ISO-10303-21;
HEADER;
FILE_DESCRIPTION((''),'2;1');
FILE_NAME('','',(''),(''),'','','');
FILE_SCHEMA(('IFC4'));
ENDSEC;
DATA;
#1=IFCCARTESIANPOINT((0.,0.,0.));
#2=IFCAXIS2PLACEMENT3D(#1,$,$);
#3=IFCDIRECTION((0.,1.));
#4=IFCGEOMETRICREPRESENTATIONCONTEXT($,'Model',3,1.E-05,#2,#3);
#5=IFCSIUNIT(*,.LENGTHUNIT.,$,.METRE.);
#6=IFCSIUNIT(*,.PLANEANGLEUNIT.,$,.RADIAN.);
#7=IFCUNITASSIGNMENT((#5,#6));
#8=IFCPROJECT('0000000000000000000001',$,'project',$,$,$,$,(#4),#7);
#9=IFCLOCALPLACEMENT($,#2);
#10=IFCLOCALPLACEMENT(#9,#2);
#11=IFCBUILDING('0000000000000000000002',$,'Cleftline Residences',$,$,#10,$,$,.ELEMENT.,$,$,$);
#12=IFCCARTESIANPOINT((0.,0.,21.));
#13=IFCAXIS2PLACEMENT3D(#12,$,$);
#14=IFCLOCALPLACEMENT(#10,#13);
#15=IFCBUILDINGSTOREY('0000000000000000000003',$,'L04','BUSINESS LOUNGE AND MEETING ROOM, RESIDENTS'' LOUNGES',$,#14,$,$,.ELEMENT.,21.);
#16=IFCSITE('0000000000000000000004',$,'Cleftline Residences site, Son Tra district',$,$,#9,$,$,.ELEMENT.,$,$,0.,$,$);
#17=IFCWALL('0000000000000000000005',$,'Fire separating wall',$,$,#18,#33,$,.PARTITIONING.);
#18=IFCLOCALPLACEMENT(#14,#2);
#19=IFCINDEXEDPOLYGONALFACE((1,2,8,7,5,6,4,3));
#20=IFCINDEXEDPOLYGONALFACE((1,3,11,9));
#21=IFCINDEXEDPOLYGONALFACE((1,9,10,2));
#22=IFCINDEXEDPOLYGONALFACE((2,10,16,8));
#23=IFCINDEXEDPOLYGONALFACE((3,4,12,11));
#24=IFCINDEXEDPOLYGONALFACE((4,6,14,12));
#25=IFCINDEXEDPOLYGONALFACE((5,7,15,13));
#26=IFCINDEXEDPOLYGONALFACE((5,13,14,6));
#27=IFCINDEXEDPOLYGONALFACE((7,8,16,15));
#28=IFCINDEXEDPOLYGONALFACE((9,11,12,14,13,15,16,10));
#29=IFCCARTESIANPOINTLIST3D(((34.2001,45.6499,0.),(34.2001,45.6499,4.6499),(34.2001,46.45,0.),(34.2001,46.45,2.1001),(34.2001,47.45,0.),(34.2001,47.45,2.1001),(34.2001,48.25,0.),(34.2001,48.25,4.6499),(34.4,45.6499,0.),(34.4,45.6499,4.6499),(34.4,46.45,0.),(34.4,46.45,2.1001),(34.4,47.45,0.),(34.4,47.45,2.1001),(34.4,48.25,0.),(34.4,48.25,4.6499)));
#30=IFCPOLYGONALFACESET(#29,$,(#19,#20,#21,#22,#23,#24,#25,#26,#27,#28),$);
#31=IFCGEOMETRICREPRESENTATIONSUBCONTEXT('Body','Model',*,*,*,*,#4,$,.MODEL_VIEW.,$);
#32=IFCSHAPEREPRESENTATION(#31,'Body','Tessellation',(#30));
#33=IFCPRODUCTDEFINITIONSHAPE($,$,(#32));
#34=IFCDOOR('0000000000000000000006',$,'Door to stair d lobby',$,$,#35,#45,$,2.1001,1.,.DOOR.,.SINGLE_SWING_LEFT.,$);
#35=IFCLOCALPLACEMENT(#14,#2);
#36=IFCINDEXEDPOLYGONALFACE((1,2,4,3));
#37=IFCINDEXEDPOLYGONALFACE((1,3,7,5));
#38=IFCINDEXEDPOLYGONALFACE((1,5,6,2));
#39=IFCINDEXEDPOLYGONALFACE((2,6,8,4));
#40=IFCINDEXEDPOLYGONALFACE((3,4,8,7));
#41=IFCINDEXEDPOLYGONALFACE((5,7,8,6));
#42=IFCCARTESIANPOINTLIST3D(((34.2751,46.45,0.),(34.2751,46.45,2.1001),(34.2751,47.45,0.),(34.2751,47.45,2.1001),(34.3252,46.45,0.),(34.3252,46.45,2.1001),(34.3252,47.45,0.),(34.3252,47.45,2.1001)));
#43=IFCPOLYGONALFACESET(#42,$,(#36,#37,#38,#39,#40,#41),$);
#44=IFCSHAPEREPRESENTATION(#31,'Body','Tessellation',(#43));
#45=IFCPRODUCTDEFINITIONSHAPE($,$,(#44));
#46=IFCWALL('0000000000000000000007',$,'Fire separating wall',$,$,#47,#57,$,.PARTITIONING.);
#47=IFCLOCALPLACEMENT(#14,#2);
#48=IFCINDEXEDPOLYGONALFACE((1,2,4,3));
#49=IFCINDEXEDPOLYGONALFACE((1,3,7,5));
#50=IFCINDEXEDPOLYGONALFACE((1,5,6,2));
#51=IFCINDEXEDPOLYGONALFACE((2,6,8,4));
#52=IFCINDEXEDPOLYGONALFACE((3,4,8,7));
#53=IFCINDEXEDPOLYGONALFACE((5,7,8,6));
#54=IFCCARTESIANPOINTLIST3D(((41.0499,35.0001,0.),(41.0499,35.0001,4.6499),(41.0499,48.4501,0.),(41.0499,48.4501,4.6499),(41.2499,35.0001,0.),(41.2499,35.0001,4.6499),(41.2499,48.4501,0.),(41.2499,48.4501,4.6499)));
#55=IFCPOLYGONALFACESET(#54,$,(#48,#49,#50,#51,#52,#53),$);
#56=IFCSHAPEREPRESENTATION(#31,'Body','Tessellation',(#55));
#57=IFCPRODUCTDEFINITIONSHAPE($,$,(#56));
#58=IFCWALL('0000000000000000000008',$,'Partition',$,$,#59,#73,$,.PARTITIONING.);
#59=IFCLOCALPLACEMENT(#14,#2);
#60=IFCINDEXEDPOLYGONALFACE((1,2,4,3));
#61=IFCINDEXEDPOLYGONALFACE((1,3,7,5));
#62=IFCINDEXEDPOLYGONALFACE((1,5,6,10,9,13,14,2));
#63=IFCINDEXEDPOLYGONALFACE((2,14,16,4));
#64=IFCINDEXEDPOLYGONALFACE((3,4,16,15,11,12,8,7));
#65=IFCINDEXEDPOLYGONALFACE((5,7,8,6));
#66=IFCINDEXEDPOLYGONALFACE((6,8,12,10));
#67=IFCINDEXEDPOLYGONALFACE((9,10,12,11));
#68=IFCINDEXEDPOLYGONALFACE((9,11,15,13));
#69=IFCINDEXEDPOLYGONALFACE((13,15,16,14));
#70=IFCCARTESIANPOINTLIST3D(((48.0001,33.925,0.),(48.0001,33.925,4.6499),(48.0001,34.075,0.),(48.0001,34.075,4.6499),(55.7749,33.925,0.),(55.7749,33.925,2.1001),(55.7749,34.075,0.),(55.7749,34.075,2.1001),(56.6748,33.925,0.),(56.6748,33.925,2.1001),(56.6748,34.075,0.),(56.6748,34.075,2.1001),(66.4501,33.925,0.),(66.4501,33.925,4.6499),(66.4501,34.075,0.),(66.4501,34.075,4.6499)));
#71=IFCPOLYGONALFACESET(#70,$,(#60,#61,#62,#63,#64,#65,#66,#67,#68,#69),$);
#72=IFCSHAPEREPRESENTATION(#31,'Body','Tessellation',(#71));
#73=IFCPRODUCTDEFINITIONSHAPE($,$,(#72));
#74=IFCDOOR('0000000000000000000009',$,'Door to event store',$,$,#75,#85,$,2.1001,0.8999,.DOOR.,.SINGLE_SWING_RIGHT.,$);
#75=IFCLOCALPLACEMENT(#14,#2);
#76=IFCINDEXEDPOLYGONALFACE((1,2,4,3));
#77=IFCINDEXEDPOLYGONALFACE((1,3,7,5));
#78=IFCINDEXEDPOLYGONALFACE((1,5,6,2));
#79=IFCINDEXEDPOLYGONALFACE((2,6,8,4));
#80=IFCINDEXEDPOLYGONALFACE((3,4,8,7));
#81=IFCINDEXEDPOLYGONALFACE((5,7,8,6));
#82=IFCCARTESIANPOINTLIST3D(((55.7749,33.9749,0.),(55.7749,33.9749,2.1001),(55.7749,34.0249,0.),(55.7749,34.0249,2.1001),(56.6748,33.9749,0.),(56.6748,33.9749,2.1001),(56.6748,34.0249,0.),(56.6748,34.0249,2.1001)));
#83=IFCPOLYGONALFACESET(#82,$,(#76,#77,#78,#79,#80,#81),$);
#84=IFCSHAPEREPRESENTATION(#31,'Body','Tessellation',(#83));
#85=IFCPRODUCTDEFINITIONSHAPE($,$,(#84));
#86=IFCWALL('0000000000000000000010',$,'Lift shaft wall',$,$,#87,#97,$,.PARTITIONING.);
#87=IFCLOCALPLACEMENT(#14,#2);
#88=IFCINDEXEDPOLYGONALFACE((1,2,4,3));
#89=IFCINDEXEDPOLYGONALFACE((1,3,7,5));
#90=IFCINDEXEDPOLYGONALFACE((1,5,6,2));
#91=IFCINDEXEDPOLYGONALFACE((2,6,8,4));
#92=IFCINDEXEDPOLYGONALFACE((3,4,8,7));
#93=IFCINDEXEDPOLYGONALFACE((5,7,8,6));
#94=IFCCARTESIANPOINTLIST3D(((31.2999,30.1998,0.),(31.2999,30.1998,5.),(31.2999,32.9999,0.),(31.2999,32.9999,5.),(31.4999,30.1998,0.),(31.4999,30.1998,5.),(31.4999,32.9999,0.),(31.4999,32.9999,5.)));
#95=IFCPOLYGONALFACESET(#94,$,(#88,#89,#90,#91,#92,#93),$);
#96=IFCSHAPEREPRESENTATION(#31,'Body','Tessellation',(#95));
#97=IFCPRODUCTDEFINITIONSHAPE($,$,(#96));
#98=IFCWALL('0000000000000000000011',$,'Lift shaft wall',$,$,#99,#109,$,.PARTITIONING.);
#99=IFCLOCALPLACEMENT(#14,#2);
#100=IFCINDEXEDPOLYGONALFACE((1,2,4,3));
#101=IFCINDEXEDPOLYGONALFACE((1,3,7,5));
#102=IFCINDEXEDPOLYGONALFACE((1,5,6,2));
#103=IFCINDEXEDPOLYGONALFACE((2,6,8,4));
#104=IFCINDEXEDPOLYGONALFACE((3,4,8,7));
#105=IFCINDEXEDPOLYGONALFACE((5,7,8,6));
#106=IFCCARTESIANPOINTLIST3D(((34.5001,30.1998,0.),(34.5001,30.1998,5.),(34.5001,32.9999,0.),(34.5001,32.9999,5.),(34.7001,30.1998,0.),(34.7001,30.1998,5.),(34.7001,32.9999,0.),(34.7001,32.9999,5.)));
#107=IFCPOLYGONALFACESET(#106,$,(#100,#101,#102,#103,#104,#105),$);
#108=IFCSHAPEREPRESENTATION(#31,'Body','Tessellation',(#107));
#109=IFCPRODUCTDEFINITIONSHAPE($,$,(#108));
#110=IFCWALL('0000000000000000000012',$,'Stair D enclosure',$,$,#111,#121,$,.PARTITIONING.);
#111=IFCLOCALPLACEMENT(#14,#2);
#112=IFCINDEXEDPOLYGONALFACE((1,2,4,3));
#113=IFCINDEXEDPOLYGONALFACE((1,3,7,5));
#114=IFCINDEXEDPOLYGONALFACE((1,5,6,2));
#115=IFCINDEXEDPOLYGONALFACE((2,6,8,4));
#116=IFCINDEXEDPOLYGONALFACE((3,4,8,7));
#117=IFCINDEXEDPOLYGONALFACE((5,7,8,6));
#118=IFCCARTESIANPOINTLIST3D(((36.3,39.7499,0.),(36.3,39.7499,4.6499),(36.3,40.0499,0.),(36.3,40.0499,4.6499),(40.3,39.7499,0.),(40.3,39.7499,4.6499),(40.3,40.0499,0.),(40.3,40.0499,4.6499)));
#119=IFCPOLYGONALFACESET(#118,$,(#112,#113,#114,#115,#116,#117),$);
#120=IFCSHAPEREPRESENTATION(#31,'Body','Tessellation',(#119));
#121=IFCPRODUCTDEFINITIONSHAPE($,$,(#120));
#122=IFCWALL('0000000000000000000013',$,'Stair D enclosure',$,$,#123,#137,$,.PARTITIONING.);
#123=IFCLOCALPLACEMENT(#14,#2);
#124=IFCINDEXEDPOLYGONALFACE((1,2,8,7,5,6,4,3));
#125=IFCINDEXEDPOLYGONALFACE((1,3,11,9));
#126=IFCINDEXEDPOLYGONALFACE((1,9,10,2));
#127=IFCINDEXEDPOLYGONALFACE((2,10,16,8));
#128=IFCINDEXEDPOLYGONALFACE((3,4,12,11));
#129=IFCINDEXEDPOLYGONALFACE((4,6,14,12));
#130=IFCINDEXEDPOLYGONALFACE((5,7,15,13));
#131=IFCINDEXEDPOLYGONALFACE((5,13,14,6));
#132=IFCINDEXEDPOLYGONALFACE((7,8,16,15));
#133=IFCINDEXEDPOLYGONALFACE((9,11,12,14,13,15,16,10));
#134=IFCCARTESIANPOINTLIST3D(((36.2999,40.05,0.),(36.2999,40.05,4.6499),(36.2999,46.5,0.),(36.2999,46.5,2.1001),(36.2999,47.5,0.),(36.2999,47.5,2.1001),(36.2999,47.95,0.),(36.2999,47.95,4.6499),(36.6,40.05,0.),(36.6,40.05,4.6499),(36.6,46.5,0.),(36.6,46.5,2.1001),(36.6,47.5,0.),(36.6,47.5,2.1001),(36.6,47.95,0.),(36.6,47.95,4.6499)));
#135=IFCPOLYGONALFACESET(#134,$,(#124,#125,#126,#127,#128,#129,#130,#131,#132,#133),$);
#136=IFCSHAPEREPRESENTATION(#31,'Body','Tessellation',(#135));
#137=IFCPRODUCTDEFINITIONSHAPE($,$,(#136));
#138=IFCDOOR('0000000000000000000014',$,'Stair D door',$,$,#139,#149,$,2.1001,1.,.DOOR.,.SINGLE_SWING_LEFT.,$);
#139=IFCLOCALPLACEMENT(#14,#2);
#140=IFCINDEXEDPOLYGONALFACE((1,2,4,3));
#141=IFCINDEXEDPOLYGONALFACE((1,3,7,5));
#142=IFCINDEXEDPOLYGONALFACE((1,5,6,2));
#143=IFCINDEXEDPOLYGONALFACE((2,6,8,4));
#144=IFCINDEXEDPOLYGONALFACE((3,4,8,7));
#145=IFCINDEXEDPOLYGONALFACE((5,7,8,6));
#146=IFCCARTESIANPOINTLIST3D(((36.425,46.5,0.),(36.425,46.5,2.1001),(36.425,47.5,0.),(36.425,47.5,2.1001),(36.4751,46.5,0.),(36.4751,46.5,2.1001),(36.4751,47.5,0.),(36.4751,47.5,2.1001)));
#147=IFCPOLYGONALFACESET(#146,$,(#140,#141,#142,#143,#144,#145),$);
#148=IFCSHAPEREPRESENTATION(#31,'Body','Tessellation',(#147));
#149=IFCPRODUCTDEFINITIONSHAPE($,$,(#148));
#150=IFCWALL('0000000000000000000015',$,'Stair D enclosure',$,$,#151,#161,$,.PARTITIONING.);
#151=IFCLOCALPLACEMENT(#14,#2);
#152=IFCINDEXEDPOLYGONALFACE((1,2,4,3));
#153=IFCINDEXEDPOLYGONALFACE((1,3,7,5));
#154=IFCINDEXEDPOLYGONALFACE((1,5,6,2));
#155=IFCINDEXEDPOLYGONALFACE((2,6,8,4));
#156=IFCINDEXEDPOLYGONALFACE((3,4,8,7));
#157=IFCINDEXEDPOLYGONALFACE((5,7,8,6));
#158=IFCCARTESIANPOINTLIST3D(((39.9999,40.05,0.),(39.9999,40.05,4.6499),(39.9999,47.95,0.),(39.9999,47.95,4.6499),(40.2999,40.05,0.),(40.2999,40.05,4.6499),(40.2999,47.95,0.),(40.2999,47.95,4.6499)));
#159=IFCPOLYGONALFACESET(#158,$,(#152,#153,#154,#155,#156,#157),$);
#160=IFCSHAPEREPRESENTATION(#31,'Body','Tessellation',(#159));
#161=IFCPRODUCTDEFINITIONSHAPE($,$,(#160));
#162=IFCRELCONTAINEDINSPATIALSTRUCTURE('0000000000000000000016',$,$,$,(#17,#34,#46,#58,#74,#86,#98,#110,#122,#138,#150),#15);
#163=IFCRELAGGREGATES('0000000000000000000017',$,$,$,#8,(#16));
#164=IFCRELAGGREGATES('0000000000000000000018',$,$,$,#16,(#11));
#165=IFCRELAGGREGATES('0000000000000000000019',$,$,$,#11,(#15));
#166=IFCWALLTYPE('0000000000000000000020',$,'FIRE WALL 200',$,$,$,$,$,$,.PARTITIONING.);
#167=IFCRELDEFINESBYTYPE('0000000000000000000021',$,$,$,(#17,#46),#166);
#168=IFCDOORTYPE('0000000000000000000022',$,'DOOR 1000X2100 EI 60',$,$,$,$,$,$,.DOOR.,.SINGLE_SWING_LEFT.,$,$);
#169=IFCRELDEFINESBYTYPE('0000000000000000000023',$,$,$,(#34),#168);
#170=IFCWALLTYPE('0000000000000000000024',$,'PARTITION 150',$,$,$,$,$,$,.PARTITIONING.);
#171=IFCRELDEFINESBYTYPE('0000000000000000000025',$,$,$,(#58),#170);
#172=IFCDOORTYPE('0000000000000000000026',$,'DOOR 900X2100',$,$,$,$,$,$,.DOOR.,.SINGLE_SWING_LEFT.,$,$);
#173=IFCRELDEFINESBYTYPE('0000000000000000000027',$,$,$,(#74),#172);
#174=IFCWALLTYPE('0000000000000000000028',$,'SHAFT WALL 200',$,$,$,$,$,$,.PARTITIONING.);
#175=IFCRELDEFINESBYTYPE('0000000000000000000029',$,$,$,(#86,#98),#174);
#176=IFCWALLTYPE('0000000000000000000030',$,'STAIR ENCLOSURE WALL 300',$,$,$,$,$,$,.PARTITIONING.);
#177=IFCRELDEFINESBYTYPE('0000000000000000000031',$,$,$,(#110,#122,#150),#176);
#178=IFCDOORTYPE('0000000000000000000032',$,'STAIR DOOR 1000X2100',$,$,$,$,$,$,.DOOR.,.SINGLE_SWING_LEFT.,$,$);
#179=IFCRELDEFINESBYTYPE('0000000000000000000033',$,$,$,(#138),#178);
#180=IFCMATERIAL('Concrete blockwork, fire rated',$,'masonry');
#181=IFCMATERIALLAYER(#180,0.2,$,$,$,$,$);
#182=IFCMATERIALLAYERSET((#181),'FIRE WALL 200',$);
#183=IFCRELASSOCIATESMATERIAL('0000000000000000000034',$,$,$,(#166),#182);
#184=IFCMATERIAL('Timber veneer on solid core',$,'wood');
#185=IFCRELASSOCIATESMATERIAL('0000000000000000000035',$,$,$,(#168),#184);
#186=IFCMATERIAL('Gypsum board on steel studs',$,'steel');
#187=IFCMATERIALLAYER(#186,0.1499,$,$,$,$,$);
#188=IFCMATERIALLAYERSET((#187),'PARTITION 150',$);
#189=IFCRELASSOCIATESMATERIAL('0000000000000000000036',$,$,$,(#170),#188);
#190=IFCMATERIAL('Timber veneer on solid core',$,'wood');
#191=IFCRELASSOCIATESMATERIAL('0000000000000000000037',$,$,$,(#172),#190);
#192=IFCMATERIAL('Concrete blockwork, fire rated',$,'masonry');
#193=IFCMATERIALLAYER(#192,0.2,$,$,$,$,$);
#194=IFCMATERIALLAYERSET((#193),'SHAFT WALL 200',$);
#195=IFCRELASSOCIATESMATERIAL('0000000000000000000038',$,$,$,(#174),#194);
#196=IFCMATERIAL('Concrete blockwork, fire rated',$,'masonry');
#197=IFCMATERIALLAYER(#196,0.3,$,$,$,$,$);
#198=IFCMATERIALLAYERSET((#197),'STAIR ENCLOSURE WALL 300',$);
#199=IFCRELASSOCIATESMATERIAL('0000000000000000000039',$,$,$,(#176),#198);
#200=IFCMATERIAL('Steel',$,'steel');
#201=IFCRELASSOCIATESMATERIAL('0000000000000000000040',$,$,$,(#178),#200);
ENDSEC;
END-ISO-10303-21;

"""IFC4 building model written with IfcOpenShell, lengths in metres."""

from ifc_helpers import new_model, si_unit, direction, frame, frame_2d, origin, place, context, subcontext, project, spatial, rectangle, extrude, material, layer, layer_set, type_object, element, fill, save


model = new_model("IFC4")

# Units and contexts
model_context = context("Model", 3, precision=1e-05, world=origin(), true_north=direction((0.0, 1.0)))
body_context = subcontext(model_context, "Body", "Model", "MODEL_VIEW")
ifc_project = project(units=[si_unit("LENGTHUNIT", "METRE"), si_unit("PLANEANGLEUNIT", "RADIAN")], contexts=[model_context])

# Site, building, storey
site_placement = place(None, origin())
site = spatial("IfcSite", under=ifc_project, at=site_placement, Name="Cleftline Residences site, Son Tra district", CompositionType="ELEMENT", RefElevation=0.0)
building_placement = place(site_placement, origin())
building = spatial("IfcBuilding", under=site, at=building_placement, Name="Cleftline Residences", CompositionType="ELEMENT")
storey_placement = place(building_placement, frame((0.0, 0.0, 21.0)))
storey = spatial("IfcBuildingStorey", under=building, at=storey_placement, Name="L04", Description="BUSINESS LOUNGE AND MEETING ROOM, RESIDENTS' LOUNGES", CompositionType="ELEMENT", Elevation=21.0)

# Shared definitions
ifc_material_1 = material(Name="Concrete blockwork, fire rated", Category="masonry")
ifc_layer_1 = layer(ifc_material_1, 0.2)
ifc_layer_set_1 = layer_set([ifc_layer_1], Name="FIRE WALL 200")
wall_type_1 = type_object("IfcWallType", Name="FIRE WALL 200", PredefinedType="PARTITIONING", material=ifc_layer_set_1)
ifc_material_2 = material(Name="Timber veneer on solid core", Category="wood")
door_type_1 = type_object("IfcDoorType", Name="DOOR 1000X2100 EI 60", OperationType="SINGLE_SWING_LEFT", PredefinedType="DOOR", material=ifc_material_2)

# Wall, opening, door
wall_1_placement = place(storey_placement, frame((34.3, 45.6499, 0.0), z_axis=(0.0, 0.0, 1.0), x_axis=(0.0, 1.0, 0.0)))
wall_1 = element("IfcWall", 1, at=wall_1_placement, inside=storey, type_object=wall_type_1, Name="Fire separating wall", PredefinedType="PARTITIONING", context=body_context, shape_type="SweptSolid", body=[
    extrude(rectangle(XDim=2.6001, YDim=0.2, at=frame_2d((1.3, 0.0))), origin(), (0.0, 0.0, 1.0), 4.6499),
])
opening_1_placement = place(wall_1_placement, frame((0.8, 0.0, 0.0)))
opening_1 = element("IfcOpeningElement", 2, at=opening_1_placement, cuts=wall_1, PredefinedType="OPENING", context=body_context, shape_type="SweptSolid", body=[
    extrude(rectangle(XDim=1.0, YDim=2.1001, at=frame_2d((0.5, 1.05))), frame((0.0, 0.1099, 0.0), z_axis=(0.0, -1.0, 0.0), x_axis=(1.0, 0.0, 0.0)), (0.0, 0.0, 1.0), 0.22),
])
door_1_placement = place(opening_1_placement, origin())
door_1 = element("IfcDoor", 3, at=door_1_placement, inside=storey, type_object=door_type_1, Name="Door to stair d lobby", OperationType="SINGLE_SWING_LEFT", OverallHeight=2.1001, OverallWidth=1.0, PredefinedType="DOOR", context=body_context, shape_type="SweptSolid", body=[
    extrude(rectangle(XDim=1.0, YDim=2.1001, at=frame_2d((0.5, 1.05))), frame((0.0, 0.0249, 0.0), z_axis=(0.0, -1.0, 0.0), x_axis=(1.0, 0.0, 0.0)), (0.0, 0.0, 1.0), 0.05),
])
fill(opening_1, door_1)

# Wall
wall_2_placement = place(storey_placement, frame((41.1499, 35.0, 0.0), z_axis=(0.0, 0.0, 1.0), x_axis=(0.0, 1.0, 0.0)))
element("IfcWall", 4, at=wall_2_placement, inside=storey, type_object=wall_type_1, Name="Fire separating wall", PredefinedType="PARTITIONING", context=body_context, shape_type="SweptSolid", body=[
    extrude(rectangle(XDim=13.45, YDim=0.2, at=frame_2d((6.7251, 0.0))), origin(), (0.0, 0.0, 1.0), 4.6499),
])

# Wall, opening, door
ifc_material_3 = material(Name="Gypsum board on steel studs", Category="steel")
ifc_layer_2 = layer(ifc_material_3, 0.1499)
ifc_layer_set_2 = layer_set([ifc_layer_2], Name="PARTITION 150")
wall_type_2 = type_object("IfcWallType", Name="PARTITION 150", PredefinedType="PARTITIONING", material=ifc_layer_set_2)
wall_3_placement = place(storey_placement, frame((48.0, 34.0, 0.0), z_axis=(0.0, 0.0, 1.0), x_axis=(1.0, 0.0, 0.0)))
wall_3 = element("IfcWall", 5, at=wall_3_placement, inside=storey, type_object=wall_type_2, Name="Partition", PredefinedType="PARTITIONING", context=body_context, shape_type="SweptSolid", body=[
    extrude(rectangle(XDim=18.45, YDim=0.1499, at=frame_2d((9.2251, 0.0))), origin(), (0.0, 0.0, 1.0), 4.6499),
])
opening_2_placement = place(wall_3_placement, frame((7.7749, 0.0, 0.0)))
opening_2 = element("IfcOpeningElement", 6, at=opening_2_placement, cuts=wall_3, PredefinedType="OPENING", context=body_context, shape_type="SweptSolid", body=[
    extrude(rectangle(XDim=0.8999, YDim=2.1001, at=frame_2d((0.45, 1.05))), frame((0.0, 0.085, 0.0), z_axis=(0.0, -1.0, 0.0), x_axis=(1.0, 0.0, 0.0)), (0.0, 0.0, 1.0), 0.1699),
])
ifc_material_4 = material(Name="Timber veneer on solid core", Category="wood")
door_type_2 = type_object("IfcDoorType", Name="DOOR 900X2100", OperationType="SINGLE_SWING_LEFT", PredefinedType="DOOR", material=ifc_material_4)
door_2_placement = place(opening_2_placement, origin())
door_2 = element("IfcDoor", 7, at=door_2_placement, inside=storey, type_object=door_type_2, Name="Door to event store", OperationType="SINGLE_SWING_RIGHT", OverallHeight=2.1001, OverallWidth=0.8999, PredefinedType="DOOR", context=body_context, shape_type="SweptSolid", body=[
    extrude(rectangle(XDim=0.8999, YDim=2.1001, at=frame_2d((0.45, 1.05))), frame((0.0, 0.0249, 0.0), z_axis=(0.0, -1.0, 0.0), x_axis=(1.0, 0.0, 0.0)), (0.0, 0.0, 1.0), 0.05),
])
fill(opening_2, door_2)

# Walls
ifc_material_5 = material(Name="Concrete blockwork, fire rated", Category="masonry")
ifc_layer_3 = layer(ifc_material_5, 0.2)
ifc_layer_set_3 = layer_set([ifc_layer_3], Name="SHAFT WALL 200")
wall_type_3 = type_object("IfcWallType", Name="SHAFT WALL 200", PredefinedType="PARTITIONING", material=ifc_layer_set_3)
for number, where, z_axis, x_axis, name in (
    (8, (31.3999, 30.2, 0.0), (0.0, 0.0, 1.0), (0.0, 1.0, 0.0), "Lift shaft wall"),
    (9, (34.6001, 30.2, 0.0), (0.0, 0.0, 1.0), (0.0, 1.0, 0.0), "Lift shaft wall"),
):
    element("IfcWall", number, at=place(storey_placement, frame(where, z_axis=z_axis, x_axis=x_axis)), inside=storey, type_object=wall_type_3, Name=name, PredefinedType="PARTITIONING", context=body_context, shape_type="SweptSolid", body=[
        extrude(rectangle(XDim=2.8, YDim=0.2, at=frame_2d((1.3999, 0.0))), origin(), (0.0, 0.0, 1.0), 5.0),
    ])
ifc_material_6 = material(Name="Concrete blockwork, fire rated", Category="masonry")
ifc_layer_4 = layer(ifc_material_6, 0.3)
ifc_layer_set_4 = layer_set([ifc_layer_4], Name="STAIR ENCLOSURE WALL 300")
wall_type_4 = type_object("IfcWallType", Name="STAIR ENCLOSURE WALL 300", PredefinedType="PARTITIONING", material=ifc_layer_set_4)
wall_4_placement = place(storey_placement, frame((36.3, 39.8999, 0.0), z_axis=(0.0, 0.0, 1.0), x_axis=(1.0, 0.0, 0.0)))
element("IfcWall", 10, at=wall_4_placement, inside=storey, type_object=wall_type_4, Name="Stair D enclosure", PredefinedType="PARTITIONING", context=body_context, shape_type="SweptSolid", body=[
    extrude(rectangle(XDim=4.0, YDim=0.3, at=frame_2d((2.0, 0.0))), origin(), (0.0, 0.0, 1.0), 4.6499),
])

# Wall, opening, door
wall_5_placement = place(storey_placement, frame((36.45, 40.05, 0.0), z_axis=(0.0, 0.0, 1.0), x_axis=(0.0, 1.0, 0.0)))
wall_5 = element("IfcWall", 11, at=wall_5_placement, inside=storey, type_object=wall_type_4, Name="Stair D enclosure", PredefinedType="PARTITIONING", context=body_context, shape_type="SweptSolid", body=[
    extrude(rectangle(XDim=7.8999, YDim=0.3, at=frame_2d((3.95, 0.0))), origin(), (0.0, 0.0, 1.0), 4.6499),
])
opening_3_placement = place(wall_5_placement, frame((6.45, 0.0, 0.0)))
opening_3 = element("IfcOpeningElement", 12, at=opening_3_placement, cuts=wall_5, PredefinedType="OPENING", context=body_context, shape_type="SweptSolid", body=[
    extrude(rectangle(XDim=1.0, YDim=2.1001, at=frame_2d((0.5, 1.05))), frame((0.0, 0.1599, 0.0), z_axis=(0.0, -1.0, 0.0), x_axis=(1.0, 0.0, 0.0)), (0.0, 0.0, 1.0), 0.3201),
])
ifc_material_7 = material(Name="Steel", Category="steel")
door_type_3 = type_object("IfcDoorType", Name="STAIR DOOR 1000X2100", OperationType="SINGLE_SWING_LEFT", PredefinedType="DOOR", material=ifc_material_7)
door_3_placement = place(opening_3_placement, origin())
door_3 = element("IfcDoor", 13, at=door_3_placement, inside=storey, type_object=door_type_3, Name="Stair D door", OperationType="SINGLE_SWING_LEFT", OverallHeight=2.1001, OverallWidth=1.0, PredefinedType="DOOR", context=body_context, shape_type="SweptSolid", body=[
    extrude(rectangle(XDim=1.0, YDim=2.1001, at=frame_2d((0.5, 1.05))), frame((0.0, 0.0249, 0.0), z_axis=(0.0, -1.0, 0.0), x_axis=(1.0, 0.0, 0.0)), (0.0, 0.0, 1.0), 0.05),
])
fill(opening_3, door_3)

# Wall
wall_6_placement = place(storey_placement, frame((40.1499, 40.05, 0.0), z_axis=(0.0, 0.0, 1.0), x_axis=(0.0, 1.0, 0.0)))
element("IfcWall", 14, at=wall_6_placement, inside=storey, type_object=wall_type_4, Name="Stair D enclosure", PredefinedType="PARTITIONING", context=body_context, shape_type="SweptSolid", body=[
    extrude(rectangle(XDim=7.8999, YDim=0.3, at=frame_2d((3.95, 0.0))), origin(), (0.0, 0.0, 1.0), 4.6499),
])

save(model, "model.ifc")
